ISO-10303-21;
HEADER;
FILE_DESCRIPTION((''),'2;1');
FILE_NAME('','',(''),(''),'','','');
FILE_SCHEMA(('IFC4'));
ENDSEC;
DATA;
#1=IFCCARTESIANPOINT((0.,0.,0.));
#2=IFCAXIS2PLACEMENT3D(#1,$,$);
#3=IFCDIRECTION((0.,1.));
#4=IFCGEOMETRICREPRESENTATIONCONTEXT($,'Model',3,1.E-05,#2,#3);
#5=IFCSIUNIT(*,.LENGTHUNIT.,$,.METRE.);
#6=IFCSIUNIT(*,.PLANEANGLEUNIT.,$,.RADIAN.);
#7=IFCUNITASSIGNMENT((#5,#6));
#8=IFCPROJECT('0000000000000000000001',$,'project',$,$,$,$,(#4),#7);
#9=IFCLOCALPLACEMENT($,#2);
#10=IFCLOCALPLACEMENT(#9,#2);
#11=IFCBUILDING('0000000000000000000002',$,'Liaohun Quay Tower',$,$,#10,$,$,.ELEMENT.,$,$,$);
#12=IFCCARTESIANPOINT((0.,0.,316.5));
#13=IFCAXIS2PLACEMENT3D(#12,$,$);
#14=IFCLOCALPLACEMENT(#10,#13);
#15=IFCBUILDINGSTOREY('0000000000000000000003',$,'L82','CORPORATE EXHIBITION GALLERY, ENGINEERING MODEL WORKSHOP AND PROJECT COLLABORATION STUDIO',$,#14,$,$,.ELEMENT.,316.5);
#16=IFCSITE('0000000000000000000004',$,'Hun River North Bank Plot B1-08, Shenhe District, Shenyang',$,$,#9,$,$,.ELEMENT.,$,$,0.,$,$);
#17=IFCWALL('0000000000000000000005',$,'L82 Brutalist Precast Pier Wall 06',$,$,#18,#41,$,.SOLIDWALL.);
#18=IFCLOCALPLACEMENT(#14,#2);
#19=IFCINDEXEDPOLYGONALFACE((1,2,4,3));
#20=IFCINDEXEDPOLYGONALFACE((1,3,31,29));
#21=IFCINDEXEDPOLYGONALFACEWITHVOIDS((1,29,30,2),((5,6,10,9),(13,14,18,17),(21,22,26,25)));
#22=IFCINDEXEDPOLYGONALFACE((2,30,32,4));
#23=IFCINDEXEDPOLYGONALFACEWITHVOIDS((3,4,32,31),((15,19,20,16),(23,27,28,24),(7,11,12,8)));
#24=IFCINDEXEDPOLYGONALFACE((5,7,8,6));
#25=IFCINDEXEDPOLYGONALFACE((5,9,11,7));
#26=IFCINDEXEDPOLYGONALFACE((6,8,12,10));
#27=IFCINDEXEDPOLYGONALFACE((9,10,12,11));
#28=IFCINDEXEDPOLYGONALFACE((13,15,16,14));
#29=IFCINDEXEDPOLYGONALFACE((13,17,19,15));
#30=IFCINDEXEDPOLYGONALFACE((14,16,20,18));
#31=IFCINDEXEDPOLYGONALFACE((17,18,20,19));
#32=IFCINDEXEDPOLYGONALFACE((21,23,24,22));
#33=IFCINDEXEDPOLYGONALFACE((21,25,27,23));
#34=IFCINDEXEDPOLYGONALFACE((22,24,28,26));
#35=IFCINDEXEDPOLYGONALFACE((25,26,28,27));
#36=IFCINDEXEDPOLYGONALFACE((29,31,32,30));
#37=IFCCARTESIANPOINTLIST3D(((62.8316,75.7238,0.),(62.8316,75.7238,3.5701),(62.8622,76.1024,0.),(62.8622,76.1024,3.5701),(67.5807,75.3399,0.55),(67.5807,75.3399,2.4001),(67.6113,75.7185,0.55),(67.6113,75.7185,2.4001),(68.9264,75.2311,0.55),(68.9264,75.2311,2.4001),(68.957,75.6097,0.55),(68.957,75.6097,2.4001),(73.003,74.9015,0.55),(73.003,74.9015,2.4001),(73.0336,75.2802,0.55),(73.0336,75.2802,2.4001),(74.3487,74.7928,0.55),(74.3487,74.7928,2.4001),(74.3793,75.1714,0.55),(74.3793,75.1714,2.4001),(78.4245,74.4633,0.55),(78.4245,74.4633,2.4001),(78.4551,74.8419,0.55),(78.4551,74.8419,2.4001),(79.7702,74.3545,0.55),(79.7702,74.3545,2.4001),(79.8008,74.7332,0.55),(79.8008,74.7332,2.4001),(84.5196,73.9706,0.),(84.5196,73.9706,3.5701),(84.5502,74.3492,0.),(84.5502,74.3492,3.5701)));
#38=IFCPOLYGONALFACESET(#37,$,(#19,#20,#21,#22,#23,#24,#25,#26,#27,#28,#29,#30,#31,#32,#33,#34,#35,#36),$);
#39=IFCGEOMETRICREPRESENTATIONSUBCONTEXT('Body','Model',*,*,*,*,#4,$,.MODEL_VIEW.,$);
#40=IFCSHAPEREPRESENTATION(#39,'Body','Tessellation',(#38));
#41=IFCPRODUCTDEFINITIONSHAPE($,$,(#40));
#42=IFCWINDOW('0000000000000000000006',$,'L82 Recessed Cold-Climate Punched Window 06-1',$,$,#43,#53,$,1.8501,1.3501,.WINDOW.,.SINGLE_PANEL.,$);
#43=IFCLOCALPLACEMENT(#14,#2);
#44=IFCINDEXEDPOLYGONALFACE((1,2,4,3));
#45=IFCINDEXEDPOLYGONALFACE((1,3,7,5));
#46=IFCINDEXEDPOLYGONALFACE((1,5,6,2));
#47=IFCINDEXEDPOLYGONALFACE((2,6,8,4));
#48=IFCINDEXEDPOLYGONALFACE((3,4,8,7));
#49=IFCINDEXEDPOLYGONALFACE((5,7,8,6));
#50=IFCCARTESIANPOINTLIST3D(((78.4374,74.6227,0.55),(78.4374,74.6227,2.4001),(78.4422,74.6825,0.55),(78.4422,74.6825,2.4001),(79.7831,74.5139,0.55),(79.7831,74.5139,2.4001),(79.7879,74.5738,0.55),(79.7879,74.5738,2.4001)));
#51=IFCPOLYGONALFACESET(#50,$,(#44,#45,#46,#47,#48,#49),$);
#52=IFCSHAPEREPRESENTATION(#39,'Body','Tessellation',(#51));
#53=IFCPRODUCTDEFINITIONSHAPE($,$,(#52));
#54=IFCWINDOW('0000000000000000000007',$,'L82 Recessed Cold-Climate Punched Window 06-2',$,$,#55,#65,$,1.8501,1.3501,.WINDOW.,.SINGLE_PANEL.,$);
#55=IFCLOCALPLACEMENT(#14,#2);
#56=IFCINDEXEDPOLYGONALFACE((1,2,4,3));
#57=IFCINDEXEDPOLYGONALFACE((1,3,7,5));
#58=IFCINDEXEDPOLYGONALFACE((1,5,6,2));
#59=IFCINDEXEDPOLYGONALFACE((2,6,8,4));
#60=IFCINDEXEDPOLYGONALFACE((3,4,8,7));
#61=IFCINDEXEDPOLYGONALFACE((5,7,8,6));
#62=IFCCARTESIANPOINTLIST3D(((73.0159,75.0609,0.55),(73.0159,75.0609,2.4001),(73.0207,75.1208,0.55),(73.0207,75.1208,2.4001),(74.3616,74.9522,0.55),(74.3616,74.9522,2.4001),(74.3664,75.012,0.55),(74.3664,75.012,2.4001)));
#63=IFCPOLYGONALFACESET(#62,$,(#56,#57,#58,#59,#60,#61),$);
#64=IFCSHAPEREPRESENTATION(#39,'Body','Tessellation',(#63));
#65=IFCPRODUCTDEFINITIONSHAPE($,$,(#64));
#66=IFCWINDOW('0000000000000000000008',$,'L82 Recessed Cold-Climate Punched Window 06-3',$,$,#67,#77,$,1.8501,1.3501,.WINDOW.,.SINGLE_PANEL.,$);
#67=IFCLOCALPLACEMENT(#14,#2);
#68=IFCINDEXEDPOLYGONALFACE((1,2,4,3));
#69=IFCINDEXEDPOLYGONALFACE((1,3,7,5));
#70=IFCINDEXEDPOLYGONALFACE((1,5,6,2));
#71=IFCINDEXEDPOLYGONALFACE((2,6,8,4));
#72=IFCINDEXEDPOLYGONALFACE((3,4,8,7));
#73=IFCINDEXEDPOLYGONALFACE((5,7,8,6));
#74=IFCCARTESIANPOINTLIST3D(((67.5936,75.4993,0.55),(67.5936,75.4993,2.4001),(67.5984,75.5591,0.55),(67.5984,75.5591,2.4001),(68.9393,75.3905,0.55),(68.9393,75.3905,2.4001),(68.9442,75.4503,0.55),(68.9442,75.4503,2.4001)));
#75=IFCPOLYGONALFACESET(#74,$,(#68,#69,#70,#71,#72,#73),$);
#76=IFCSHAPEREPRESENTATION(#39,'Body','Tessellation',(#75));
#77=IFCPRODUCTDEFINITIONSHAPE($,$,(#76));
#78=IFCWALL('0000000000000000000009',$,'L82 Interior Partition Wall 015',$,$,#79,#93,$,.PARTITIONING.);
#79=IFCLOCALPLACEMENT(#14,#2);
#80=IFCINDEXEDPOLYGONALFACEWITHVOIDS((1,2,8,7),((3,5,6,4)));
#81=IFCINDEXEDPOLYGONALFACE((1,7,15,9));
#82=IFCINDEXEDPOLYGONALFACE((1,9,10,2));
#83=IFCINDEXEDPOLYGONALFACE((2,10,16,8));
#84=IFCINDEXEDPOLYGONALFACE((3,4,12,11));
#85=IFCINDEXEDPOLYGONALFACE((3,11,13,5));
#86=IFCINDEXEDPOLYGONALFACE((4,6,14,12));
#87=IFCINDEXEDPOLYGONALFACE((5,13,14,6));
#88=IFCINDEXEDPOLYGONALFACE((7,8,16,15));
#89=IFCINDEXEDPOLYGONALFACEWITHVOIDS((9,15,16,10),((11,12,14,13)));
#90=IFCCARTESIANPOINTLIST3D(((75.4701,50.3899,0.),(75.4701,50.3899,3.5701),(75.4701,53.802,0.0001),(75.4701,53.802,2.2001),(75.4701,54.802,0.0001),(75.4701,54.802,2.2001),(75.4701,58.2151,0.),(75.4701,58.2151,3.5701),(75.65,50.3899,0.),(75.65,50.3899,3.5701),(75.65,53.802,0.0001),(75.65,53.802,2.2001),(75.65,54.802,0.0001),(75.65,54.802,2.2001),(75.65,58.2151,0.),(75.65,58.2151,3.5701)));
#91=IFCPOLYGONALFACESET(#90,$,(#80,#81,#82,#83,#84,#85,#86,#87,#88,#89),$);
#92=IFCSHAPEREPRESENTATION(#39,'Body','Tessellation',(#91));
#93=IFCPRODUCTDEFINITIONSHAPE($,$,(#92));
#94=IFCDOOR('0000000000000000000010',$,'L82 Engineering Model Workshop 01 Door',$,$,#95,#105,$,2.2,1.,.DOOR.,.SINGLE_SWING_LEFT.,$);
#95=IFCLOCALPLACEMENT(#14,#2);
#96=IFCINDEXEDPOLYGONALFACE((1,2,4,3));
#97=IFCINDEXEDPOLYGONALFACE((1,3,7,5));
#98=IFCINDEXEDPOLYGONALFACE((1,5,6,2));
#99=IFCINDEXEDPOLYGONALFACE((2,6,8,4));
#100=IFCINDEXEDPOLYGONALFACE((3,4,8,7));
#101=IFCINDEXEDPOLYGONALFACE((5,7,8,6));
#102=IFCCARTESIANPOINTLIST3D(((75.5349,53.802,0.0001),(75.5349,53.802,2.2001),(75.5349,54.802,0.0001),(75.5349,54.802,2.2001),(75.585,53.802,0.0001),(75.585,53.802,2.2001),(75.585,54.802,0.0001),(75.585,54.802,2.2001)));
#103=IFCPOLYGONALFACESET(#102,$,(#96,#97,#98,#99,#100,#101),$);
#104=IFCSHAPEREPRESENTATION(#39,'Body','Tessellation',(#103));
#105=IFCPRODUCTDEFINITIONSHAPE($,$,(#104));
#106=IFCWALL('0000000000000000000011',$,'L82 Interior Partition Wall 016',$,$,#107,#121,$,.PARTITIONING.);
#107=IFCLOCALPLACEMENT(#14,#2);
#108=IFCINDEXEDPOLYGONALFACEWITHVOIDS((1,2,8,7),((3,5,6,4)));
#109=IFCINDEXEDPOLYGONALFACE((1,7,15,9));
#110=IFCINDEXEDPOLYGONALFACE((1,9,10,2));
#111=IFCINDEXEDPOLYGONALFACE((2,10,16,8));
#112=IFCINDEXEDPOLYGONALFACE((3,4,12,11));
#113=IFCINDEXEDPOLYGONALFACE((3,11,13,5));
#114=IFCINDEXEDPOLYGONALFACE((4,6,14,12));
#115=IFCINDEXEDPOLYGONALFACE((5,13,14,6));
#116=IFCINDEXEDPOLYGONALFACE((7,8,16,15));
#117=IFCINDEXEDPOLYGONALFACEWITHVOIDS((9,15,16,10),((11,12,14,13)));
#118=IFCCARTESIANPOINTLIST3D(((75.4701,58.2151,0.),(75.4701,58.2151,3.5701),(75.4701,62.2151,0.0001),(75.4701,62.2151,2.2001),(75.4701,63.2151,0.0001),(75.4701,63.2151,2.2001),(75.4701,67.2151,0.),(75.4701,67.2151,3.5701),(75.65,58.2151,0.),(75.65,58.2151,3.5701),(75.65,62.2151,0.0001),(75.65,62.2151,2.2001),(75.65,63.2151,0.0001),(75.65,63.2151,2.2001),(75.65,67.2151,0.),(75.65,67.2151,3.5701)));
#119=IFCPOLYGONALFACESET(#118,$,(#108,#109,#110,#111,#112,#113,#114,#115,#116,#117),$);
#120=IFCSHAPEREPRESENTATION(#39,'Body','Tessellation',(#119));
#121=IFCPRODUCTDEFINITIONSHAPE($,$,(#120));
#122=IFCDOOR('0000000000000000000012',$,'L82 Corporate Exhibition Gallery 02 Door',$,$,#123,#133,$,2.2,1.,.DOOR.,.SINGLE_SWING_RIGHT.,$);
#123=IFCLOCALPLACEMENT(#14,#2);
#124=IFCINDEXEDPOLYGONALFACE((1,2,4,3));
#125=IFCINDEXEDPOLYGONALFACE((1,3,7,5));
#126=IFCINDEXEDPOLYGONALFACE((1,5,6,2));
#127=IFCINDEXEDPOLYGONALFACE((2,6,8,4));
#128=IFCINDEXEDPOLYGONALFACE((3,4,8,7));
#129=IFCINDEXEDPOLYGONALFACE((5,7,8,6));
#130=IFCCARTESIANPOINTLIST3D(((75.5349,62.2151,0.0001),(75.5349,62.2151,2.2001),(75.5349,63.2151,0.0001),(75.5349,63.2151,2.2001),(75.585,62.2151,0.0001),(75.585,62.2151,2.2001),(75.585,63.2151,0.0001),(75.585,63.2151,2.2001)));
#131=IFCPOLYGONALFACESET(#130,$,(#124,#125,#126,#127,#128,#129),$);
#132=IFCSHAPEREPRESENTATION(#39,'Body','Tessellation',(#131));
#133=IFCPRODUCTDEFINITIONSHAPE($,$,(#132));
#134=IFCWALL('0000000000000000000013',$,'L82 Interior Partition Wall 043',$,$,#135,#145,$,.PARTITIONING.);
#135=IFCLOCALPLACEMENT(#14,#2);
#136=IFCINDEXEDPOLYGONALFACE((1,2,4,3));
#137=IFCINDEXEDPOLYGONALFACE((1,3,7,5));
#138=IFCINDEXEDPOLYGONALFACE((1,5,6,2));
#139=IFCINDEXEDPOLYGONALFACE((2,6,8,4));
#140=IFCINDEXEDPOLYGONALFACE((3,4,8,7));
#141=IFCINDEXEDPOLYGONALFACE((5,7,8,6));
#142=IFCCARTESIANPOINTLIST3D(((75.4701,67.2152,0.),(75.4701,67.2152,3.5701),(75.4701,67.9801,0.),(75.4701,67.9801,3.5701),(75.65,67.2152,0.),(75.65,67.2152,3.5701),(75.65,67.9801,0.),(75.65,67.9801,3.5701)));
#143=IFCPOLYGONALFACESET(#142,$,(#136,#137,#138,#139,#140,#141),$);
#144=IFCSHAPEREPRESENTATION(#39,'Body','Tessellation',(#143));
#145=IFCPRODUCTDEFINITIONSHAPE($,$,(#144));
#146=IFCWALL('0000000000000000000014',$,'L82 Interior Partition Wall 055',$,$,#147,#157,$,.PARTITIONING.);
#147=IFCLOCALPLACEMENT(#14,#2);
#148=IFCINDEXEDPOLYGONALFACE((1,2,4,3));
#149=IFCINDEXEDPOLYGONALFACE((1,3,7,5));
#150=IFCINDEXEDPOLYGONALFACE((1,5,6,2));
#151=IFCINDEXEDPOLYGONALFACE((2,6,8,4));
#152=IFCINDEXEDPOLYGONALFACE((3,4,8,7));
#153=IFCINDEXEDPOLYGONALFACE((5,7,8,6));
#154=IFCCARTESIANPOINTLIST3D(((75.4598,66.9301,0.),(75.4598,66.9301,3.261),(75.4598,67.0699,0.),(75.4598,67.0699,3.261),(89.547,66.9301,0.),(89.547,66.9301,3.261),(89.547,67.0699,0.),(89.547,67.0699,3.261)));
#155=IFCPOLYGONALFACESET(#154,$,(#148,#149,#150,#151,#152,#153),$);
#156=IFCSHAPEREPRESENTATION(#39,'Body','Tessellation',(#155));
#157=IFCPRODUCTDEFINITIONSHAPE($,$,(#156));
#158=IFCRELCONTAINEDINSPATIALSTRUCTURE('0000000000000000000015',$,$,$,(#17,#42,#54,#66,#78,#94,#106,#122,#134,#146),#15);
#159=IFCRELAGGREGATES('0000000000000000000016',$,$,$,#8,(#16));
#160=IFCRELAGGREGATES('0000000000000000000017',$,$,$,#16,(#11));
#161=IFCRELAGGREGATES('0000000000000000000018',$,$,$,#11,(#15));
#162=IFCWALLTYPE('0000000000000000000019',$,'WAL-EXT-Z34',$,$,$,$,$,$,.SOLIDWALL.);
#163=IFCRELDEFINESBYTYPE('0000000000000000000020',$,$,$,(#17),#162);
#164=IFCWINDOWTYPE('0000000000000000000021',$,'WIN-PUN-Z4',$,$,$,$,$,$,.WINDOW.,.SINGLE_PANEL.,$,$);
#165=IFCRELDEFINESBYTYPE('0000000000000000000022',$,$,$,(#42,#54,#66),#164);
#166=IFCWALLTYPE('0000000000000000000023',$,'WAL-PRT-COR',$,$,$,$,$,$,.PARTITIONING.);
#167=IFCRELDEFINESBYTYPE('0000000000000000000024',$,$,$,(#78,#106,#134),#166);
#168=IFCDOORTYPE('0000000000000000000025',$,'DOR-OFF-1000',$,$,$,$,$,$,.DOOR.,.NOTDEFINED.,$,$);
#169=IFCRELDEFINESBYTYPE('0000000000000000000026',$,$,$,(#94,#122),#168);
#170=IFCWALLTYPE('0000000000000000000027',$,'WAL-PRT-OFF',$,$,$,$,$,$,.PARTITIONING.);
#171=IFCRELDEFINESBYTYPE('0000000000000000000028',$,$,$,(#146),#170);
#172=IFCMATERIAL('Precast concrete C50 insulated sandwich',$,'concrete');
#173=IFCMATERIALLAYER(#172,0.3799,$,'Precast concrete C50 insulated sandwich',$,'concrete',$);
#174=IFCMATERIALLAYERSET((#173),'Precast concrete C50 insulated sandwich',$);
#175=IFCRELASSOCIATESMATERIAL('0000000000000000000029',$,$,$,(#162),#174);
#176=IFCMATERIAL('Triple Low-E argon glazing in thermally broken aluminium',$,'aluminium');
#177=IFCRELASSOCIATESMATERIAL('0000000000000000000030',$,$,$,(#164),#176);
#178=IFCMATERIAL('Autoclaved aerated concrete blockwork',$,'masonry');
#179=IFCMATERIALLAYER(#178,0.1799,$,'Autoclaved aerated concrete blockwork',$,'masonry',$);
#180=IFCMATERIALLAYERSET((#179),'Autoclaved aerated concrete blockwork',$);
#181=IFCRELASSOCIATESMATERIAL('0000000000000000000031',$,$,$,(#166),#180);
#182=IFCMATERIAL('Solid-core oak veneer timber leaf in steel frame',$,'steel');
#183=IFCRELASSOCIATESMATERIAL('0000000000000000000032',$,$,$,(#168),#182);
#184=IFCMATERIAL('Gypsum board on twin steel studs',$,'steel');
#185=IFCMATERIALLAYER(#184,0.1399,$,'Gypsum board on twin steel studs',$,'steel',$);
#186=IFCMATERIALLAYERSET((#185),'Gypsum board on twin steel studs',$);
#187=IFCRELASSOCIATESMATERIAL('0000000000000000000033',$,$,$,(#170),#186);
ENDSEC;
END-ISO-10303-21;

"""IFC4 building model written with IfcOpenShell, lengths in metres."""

from ifc_helpers import new_model, si_unit, direction, frame, frame_2d, origin, place, context, subcontext, project, spatial, rectangle, extrude, source, transform, mapped, material, layer, layer_set, type_object, element, fill, save


model = new_model("IFC4")

# Units and contexts
model_context = context("Model", 3, precision=1e-05, world=origin(), true_north=direction((0.0, 1.0)))
body_context = subcontext(model_context, "Body", "Model", "MODEL_VIEW")
ifc_project = project(units=[si_unit("LENGTHUNIT", "METRE"), si_unit("PLANEANGLEUNIT", "RADIAN")], contexts=[model_context])

# Site, building, storey
site_placement = place(None, origin())
site = spatial("IfcSite", under=ifc_project, at=site_placement, Name="Hun River North Bank Plot B1-08, Shenhe District, Shenyang", CompositionType="ELEMENT", RefElevation=0.0)
building_placement = place(site_placement, origin())
building = spatial("IfcBuilding", under=site, at=building_placement, Name="Liaohun Quay Tower", CompositionType="ELEMENT")
storey_placement = place(building_placement, frame((0.0, 0.0, 316.5)))
storey = spatial("IfcBuildingStorey", under=building, at=storey_placement, Name="L82", Description="CORPORATE EXHIBITION GALLERY, ENGINEERING MODEL WORKSHOP AND PROJECT COLLABORATION STUDIO", CompositionType="ELEMENT", Elevation=316.5)

# Shared definitions
ifc_material_1 = material(Name="Precast concrete C50 insulated sandwich", Category="concrete")
ifc_layer_1 = layer(ifc_material_1, 0.3799, Name="Precast concrete C50 insulated sandwich", Category="concrete")
ifc_layer_set_1 = layer_set([ifc_layer_1], Name="Precast concrete C50 insulated sandwich")
wall_type_1 = type_object("IfcWallType", Name="WAL-EXT-Z34", PredefinedType="SOLIDWALL", material=ifc_layer_set_1)

# Wall, openings, windows
wall_1_placement = place(storey_placement, frame((84.5349, 74.1599, 0.0), z_axis=(0.0, 0.0, 1.0), x_axis=(-0.996749, 0.080573, 0.0)))
wall_1 = element("IfcWall", 1, at=wall_1_placement, inside=storey, type_object=wall_type_1, Name="L82 Brutalist Precast Pier Wall 06", PredefinedType="SOLIDWALL", context=body_context, shape_type="SweptSolid", body=[
    extrude(rectangle(XDim=21.7588, YDim=0.3799, at=frame_2d((10.8794, 0.0))), origin(), (0.0, 0.0, 1.0), 3.5701),
])
shared_shape_1 = source(origin(), body_context, "Body", "SweptSolid", [
    extrude(rectangle(XDim=1.3501, YDim=1.8501, at=frame_2d((0.675, 0.925))), frame((0.0, 0.2, 0.0), z_axis=(0.0, -1.0, 0.0), x_axis=(1.0, 0.0, 0.0)), (0.0, 0.0, 1.0), 0.3999),
])
opening_1_placement = place(wall_1_placement, frame((4.7649, 0.0, 0.55)))
opening_1 = element("IfcOpeningElement", 2, at=opening_1_placement, cuts=wall_1, PredefinedType="OPENING", context=body_context, shape_type="MappedRepresentation", body=[
    mapped(shared_shape_1, transform((0.0, 0.0, 0.0), x_axis=(1.0, 0.0, 0.0), y_axis=(0.0, 1.0, 0.0), z_axis=(0.0, 0.0, 1.0), scale=1.0)),
])
opening_2_placement = place(wall_1_placement, frame((10.2041, 0.0, 0.55)))
opening_2 = element("IfcOpeningElement", 3, at=opening_2_placement, cuts=wall_1, PredefinedType="OPENING", context=body_context, shape_type="MappedRepresentation", body=[
    mapped(shared_shape_1, transform((0.0, 0.0, 0.0), x_axis=(1.0, 0.0, 0.0), y_axis=(0.0, 1.0, 0.0), z_axis=(0.0, 0.0, 1.0), scale=1.0)),
])
opening_3_placement = place(wall_1_placement, frame((15.644, 0.0, 0.55)))
opening_3 = element("IfcOpeningElement", 4, at=opening_3_placement, cuts=wall_1, PredefinedType="OPENING", context=body_context, shape_type="MappedRepresentation", body=[
    mapped(shared_shape_1, transform((0.0, 0.0, 0.0), x_axis=(1.0, 0.0, 0.0), y_axis=(0.0, 1.0, 0.0), z_axis=(0.0, 0.0, 1.0), scale=1.0)),
])
ifc_material_2 = material(Name="Triple Low-E argon glazing in thermally broken aluminium", Category="aluminium")
window_type_1 = type_object("IfcWindowType", Name="WIN-PUN-Z4", PartitioningType="SINGLE_PANEL", PredefinedType="WINDOW", material=ifc_material_2)
shared_shape_2 = source(origin(), body_context, "Body", "SweptSolid", [
    extrude(rectangle(XDim=1.3501, YDim=1.8501, at=frame_2d((0.675, 0.925))), frame((0.0, 0.03, 0.0), z_axis=(0.0, -1.0, 0.0), x_axis=(1.0, 0.0, 0.0)), (0.0, 0.0, 1.0), 0.0601),
])
window_1_placement = place(opening_1_placement, origin())
window_1 = element("IfcWindow", 5, at=window_1_placement, inside=storey, type_object=window_type_1, Name="L82 Recessed Cold-Climate Punched Window 06-1", OverallHeight=1.8501, OverallWidth=1.3501, PartitioningType="SINGLE_PANEL", PredefinedType="WINDOW", context=body_context, shape_type="MappedRepresentation", body=[
    mapped(shared_shape_2, transform((0.0, 0.0, 0.0), x_axis=(1.0, 0.0, 0.0), y_axis=(0.0, 1.0, 0.0), z_axis=(0.0, 0.0, 1.0), scale=1.0)),
])
fill(opening_1, window_1)
window_2_placement = place(opening_2_placement, origin())
window_2 = element("IfcWindow", 6, at=window_2_placement, inside=storey, type_object=window_type_1, Name="L82 Recessed Cold-Climate Punched Window 06-2", OverallHeight=1.8501, OverallWidth=1.3501, PartitioningType="SINGLE_PANEL", PredefinedType="WINDOW", context=body_context, shape_type="MappedRepresentation", body=[
    mapped(shared_shape_2, transform((0.0, 0.0, 0.0), x_axis=(1.0, 0.0, 0.0), y_axis=(0.0, 1.0, 0.0), z_axis=(0.0, 0.0, 1.0), scale=1.0)),
])
fill(opening_2, window_2)
window_3_placement = place(opening_3_placement, origin())
window_3 = element("IfcWindow", 7, at=window_3_placement, inside=storey, type_object=window_type_1, Name="L82 Recessed Cold-Climate Punched Window 06-3", OverallHeight=1.8501, OverallWidth=1.3501, PartitioningType="SINGLE_PANEL", PredefinedType="WINDOW", context=body_context, shape_type="MappedRepresentation", body=[
    mapped(shared_shape_2, transform((0.0, 0.0, 0.0), x_axis=(1.0, 0.0, 0.0), y_axis=(0.0, 1.0, 0.0), z_axis=(0.0, 0.0, 1.0), scale=1.0)),
])
fill(opening_3, window_3)

# Walls, openings, doors
ifc_material_3 = material(Name="Autoclaved aerated concrete blockwork", Category="masonry")
ifc_layer_2 = layer(ifc_material_3, 0.1799, Name="Autoclaved aerated concrete blockwork", Category="masonry")
ifc_layer_set_2 = layer_set([ifc_layer_2], Name="Autoclaved aerated concrete blockwork")
wall_type_2 = type_object("IfcWallType", Name="WAL-PRT-COR", PredefinedType="PARTITIONING", material=ifc_layer_set_2)
wall_2_placement = place(storey_placement, frame((75.5601, 58.2151, 0.0), z_axis=(0.0, 0.0, 1.0), x_axis=(0.0, -1.0, 0.0)))
wall_2 = element("IfcWall", 8, at=wall_2_placement, inside=storey, type_object=wall_type_2, Name="L82 Interior Partition Wall 015", PredefinedType="PARTITIONING", context=body_context, shape_type="SweptSolid", body=[
    extrude(rectangle(XDim=7.8252, YDim=0.1799, at=frame_2d((3.9126, 0.0))), origin(), (0.0, 0.0, 1.0), 3.5701),
])
shared_shape_3 = source(origin(), body_context, "Body", "SweptSolid", [
    extrude(rectangle(XDim=1.0, YDim=2.2, at=frame_2d((0.5, 1.1001))), frame((0.0, 0.0999, 0.0), z_axis=(0.0, -1.0, 0.0), x_axis=(1.0, 0.0, 0.0)), (0.0, 0.0, 1.0), 0.2),
])
opening_4_placement = place(wall_2_placement, frame((3.4131, 0.0, 0.0)))
opening_4 = element("IfcOpeningElement", 9, at=opening_4_placement, cuts=wall_2, PredefinedType="OPENING", context=body_context, shape_type="MappedRepresentation", body=[
    mapped(shared_shape_3, transform((0.0, 0.0, 0.0), x_axis=(1.0, 0.0, 0.0), y_axis=(0.0, 1.0, 0.0), z_axis=(0.0, 0.0, 1.0), scale=1.0)),
])
ifc_material_4 = material(Name="Solid-core oak veneer timber leaf in steel frame", Category="steel")
door_type = type_object("IfcDoorType", Name="DOR-OFF-1000", OperationType="NOTDEFINED", PredefinedType="DOOR", material=ifc_material_4)
shared_shape_4 = source(origin(), body_context, "Body", "SweptSolid", [
    extrude(rectangle(XDim=1.0, YDim=2.2, at=frame_2d((0.5, 1.1001))), frame((0.0, 0.0249, 0.0), z_axis=(0.0, -1.0, 0.0), x_axis=(1.0, 0.0, 0.0)), (0.0, 0.0, 1.0), 0.05),
])
door_1_placement = place(opening_4_placement, origin())
door_1 = element("IfcDoor", 10, at=door_1_placement, inside=storey, type_object=door_type, Name="L82 Engineering Model Workshop 01 Door", OperationType="SINGLE_SWING_LEFT", OverallHeight=2.2, OverallWidth=1.0, PredefinedType="DOOR", context=body_context, shape_type="MappedRepresentation", body=[
    mapped(shared_shape_4, transform((0.0, 0.0, 0.0), x_axis=(1.0, 0.0, 0.0), y_axis=(0.0, 1.0, 0.0), z_axis=(0.0, 0.0, 1.0), scale=1.0)),
])
fill(opening_4, door_1)
wall_3_placement = place(storey_placement, frame((75.5601, 67.2151, 0.0), z_axis=(0.0, 0.0, 1.0), x_axis=(0.0, -1.0, 0.0)))
wall_3 = element("IfcWall", 11, at=wall_3_placement, inside=storey, type_object=wall_type_2, Name="L82 Interior Partition Wall 016", PredefinedType="PARTITIONING", context=body_context, shape_type="SweptSolid", body=[
    extrude(rectangle(XDim=9.0, YDim=0.1799, at=frame_2d((4.5, 0.0))), origin(), (0.0, 0.0, 1.0), 3.5701),
])
opening_5_placement = place(wall_3_placement, frame((4.0, 0.0, 0.0)))
opening_5 = element("IfcOpeningElement", 12, at=opening_5_placement, cuts=wall_3, PredefinedType="OPENING", context=body_context, shape_type="MappedRepresentation", body=[
    mapped(shared_shape_3, transform((0.0, 0.0, 0.0), x_axis=(1.0, 0.0, 0.0), y_axis=(0.0, 1.0, 0.0), z_axis=(0.0, 0.0, 1.0), scale=1.0)),
])
door_2_placement = place(opening_5_placement, origin())
door_2 = element("IfcDoor", 13, at=door_2_placement, inside=storey, type_object=door_type, Name="L82 Corporate Exhibition Gallery 02 Door", OperationType="SINGLE_SWING_RIGHT", OverallHeight=2.2, OverallWidth=1.0, PredefinedType="DOOR", context=body_context, shape_type="MappedRepresentation", body=[
    mapped(shared_shape_4, transform((0.0, 0.0, 0.0), x_axis=(1.0, 0.0, 0.0), y_axis=(0.0, 1.0, 0.0), z_axis=(0.0, 0.0, 1.0), scale=1.0)),
])
fill(opening_5, door_2)

# Walls
wall_4_placement = place(storey_placement, frame((75.5601, 67.98, 0.0), z_axis=(0.0, 0.0, 1.0), x_axis=(0.0, -1.0, 0.0)))
element("IfcWall", 14, at=wall_4_placement, inside=storey, type_object=wall_type_2, Name="L82 Interior Partition Wall 043", PredefinedType="PARTITIONING", context=body_context, shape_type="SweptSolid", body=[
    extrude(rectangle(XDim=0.7649, YDim=0.1799, at=frame_2d((0.3823, 0.0))), origin(), (0.0, 0.0, 1.0), 3.5701),
])
ifc_material_5 = material(Name="Gypsum board on twin steel studs", Category="steel")
ifc_layer_3 = layer(ifc_material_5, 0.1399, Name="Gypsum board on twin steel studs", Category="steel")
ifc_layer_set_3 = layer_set([ifc_layer_3], Name="Gypsum board on twin steel studs")
wall_type_3 = type_object("IfcWallType", Name="WAL-PRT-OFF", PredefinedType="PARTITIONING", material=ifc_layer_set_3)
wall_5_placement = place(storey_placement, frame((75.46, 67.0, 0.0), z_axis=(0.0, 0.0, 1.0), x_axis=(1.0, 0.0, 0.0)))
element("IfcWall", 15, at=wall_5_placement, inside=storey, type_object=wall_type_3, Name="L82 Interior Partition Wall 055", PredefinedType="PARTITIONING", context=body_context, shape_type="SweptSolid", body=[
    extrude(rectangle(XDim=14.0872, YDim=0.1399, at=frame_2d((7.0435, 0.0))), origin(), (0.0, 0.0, 1.0), 3.261),
])

save(model, "model.ifc")
